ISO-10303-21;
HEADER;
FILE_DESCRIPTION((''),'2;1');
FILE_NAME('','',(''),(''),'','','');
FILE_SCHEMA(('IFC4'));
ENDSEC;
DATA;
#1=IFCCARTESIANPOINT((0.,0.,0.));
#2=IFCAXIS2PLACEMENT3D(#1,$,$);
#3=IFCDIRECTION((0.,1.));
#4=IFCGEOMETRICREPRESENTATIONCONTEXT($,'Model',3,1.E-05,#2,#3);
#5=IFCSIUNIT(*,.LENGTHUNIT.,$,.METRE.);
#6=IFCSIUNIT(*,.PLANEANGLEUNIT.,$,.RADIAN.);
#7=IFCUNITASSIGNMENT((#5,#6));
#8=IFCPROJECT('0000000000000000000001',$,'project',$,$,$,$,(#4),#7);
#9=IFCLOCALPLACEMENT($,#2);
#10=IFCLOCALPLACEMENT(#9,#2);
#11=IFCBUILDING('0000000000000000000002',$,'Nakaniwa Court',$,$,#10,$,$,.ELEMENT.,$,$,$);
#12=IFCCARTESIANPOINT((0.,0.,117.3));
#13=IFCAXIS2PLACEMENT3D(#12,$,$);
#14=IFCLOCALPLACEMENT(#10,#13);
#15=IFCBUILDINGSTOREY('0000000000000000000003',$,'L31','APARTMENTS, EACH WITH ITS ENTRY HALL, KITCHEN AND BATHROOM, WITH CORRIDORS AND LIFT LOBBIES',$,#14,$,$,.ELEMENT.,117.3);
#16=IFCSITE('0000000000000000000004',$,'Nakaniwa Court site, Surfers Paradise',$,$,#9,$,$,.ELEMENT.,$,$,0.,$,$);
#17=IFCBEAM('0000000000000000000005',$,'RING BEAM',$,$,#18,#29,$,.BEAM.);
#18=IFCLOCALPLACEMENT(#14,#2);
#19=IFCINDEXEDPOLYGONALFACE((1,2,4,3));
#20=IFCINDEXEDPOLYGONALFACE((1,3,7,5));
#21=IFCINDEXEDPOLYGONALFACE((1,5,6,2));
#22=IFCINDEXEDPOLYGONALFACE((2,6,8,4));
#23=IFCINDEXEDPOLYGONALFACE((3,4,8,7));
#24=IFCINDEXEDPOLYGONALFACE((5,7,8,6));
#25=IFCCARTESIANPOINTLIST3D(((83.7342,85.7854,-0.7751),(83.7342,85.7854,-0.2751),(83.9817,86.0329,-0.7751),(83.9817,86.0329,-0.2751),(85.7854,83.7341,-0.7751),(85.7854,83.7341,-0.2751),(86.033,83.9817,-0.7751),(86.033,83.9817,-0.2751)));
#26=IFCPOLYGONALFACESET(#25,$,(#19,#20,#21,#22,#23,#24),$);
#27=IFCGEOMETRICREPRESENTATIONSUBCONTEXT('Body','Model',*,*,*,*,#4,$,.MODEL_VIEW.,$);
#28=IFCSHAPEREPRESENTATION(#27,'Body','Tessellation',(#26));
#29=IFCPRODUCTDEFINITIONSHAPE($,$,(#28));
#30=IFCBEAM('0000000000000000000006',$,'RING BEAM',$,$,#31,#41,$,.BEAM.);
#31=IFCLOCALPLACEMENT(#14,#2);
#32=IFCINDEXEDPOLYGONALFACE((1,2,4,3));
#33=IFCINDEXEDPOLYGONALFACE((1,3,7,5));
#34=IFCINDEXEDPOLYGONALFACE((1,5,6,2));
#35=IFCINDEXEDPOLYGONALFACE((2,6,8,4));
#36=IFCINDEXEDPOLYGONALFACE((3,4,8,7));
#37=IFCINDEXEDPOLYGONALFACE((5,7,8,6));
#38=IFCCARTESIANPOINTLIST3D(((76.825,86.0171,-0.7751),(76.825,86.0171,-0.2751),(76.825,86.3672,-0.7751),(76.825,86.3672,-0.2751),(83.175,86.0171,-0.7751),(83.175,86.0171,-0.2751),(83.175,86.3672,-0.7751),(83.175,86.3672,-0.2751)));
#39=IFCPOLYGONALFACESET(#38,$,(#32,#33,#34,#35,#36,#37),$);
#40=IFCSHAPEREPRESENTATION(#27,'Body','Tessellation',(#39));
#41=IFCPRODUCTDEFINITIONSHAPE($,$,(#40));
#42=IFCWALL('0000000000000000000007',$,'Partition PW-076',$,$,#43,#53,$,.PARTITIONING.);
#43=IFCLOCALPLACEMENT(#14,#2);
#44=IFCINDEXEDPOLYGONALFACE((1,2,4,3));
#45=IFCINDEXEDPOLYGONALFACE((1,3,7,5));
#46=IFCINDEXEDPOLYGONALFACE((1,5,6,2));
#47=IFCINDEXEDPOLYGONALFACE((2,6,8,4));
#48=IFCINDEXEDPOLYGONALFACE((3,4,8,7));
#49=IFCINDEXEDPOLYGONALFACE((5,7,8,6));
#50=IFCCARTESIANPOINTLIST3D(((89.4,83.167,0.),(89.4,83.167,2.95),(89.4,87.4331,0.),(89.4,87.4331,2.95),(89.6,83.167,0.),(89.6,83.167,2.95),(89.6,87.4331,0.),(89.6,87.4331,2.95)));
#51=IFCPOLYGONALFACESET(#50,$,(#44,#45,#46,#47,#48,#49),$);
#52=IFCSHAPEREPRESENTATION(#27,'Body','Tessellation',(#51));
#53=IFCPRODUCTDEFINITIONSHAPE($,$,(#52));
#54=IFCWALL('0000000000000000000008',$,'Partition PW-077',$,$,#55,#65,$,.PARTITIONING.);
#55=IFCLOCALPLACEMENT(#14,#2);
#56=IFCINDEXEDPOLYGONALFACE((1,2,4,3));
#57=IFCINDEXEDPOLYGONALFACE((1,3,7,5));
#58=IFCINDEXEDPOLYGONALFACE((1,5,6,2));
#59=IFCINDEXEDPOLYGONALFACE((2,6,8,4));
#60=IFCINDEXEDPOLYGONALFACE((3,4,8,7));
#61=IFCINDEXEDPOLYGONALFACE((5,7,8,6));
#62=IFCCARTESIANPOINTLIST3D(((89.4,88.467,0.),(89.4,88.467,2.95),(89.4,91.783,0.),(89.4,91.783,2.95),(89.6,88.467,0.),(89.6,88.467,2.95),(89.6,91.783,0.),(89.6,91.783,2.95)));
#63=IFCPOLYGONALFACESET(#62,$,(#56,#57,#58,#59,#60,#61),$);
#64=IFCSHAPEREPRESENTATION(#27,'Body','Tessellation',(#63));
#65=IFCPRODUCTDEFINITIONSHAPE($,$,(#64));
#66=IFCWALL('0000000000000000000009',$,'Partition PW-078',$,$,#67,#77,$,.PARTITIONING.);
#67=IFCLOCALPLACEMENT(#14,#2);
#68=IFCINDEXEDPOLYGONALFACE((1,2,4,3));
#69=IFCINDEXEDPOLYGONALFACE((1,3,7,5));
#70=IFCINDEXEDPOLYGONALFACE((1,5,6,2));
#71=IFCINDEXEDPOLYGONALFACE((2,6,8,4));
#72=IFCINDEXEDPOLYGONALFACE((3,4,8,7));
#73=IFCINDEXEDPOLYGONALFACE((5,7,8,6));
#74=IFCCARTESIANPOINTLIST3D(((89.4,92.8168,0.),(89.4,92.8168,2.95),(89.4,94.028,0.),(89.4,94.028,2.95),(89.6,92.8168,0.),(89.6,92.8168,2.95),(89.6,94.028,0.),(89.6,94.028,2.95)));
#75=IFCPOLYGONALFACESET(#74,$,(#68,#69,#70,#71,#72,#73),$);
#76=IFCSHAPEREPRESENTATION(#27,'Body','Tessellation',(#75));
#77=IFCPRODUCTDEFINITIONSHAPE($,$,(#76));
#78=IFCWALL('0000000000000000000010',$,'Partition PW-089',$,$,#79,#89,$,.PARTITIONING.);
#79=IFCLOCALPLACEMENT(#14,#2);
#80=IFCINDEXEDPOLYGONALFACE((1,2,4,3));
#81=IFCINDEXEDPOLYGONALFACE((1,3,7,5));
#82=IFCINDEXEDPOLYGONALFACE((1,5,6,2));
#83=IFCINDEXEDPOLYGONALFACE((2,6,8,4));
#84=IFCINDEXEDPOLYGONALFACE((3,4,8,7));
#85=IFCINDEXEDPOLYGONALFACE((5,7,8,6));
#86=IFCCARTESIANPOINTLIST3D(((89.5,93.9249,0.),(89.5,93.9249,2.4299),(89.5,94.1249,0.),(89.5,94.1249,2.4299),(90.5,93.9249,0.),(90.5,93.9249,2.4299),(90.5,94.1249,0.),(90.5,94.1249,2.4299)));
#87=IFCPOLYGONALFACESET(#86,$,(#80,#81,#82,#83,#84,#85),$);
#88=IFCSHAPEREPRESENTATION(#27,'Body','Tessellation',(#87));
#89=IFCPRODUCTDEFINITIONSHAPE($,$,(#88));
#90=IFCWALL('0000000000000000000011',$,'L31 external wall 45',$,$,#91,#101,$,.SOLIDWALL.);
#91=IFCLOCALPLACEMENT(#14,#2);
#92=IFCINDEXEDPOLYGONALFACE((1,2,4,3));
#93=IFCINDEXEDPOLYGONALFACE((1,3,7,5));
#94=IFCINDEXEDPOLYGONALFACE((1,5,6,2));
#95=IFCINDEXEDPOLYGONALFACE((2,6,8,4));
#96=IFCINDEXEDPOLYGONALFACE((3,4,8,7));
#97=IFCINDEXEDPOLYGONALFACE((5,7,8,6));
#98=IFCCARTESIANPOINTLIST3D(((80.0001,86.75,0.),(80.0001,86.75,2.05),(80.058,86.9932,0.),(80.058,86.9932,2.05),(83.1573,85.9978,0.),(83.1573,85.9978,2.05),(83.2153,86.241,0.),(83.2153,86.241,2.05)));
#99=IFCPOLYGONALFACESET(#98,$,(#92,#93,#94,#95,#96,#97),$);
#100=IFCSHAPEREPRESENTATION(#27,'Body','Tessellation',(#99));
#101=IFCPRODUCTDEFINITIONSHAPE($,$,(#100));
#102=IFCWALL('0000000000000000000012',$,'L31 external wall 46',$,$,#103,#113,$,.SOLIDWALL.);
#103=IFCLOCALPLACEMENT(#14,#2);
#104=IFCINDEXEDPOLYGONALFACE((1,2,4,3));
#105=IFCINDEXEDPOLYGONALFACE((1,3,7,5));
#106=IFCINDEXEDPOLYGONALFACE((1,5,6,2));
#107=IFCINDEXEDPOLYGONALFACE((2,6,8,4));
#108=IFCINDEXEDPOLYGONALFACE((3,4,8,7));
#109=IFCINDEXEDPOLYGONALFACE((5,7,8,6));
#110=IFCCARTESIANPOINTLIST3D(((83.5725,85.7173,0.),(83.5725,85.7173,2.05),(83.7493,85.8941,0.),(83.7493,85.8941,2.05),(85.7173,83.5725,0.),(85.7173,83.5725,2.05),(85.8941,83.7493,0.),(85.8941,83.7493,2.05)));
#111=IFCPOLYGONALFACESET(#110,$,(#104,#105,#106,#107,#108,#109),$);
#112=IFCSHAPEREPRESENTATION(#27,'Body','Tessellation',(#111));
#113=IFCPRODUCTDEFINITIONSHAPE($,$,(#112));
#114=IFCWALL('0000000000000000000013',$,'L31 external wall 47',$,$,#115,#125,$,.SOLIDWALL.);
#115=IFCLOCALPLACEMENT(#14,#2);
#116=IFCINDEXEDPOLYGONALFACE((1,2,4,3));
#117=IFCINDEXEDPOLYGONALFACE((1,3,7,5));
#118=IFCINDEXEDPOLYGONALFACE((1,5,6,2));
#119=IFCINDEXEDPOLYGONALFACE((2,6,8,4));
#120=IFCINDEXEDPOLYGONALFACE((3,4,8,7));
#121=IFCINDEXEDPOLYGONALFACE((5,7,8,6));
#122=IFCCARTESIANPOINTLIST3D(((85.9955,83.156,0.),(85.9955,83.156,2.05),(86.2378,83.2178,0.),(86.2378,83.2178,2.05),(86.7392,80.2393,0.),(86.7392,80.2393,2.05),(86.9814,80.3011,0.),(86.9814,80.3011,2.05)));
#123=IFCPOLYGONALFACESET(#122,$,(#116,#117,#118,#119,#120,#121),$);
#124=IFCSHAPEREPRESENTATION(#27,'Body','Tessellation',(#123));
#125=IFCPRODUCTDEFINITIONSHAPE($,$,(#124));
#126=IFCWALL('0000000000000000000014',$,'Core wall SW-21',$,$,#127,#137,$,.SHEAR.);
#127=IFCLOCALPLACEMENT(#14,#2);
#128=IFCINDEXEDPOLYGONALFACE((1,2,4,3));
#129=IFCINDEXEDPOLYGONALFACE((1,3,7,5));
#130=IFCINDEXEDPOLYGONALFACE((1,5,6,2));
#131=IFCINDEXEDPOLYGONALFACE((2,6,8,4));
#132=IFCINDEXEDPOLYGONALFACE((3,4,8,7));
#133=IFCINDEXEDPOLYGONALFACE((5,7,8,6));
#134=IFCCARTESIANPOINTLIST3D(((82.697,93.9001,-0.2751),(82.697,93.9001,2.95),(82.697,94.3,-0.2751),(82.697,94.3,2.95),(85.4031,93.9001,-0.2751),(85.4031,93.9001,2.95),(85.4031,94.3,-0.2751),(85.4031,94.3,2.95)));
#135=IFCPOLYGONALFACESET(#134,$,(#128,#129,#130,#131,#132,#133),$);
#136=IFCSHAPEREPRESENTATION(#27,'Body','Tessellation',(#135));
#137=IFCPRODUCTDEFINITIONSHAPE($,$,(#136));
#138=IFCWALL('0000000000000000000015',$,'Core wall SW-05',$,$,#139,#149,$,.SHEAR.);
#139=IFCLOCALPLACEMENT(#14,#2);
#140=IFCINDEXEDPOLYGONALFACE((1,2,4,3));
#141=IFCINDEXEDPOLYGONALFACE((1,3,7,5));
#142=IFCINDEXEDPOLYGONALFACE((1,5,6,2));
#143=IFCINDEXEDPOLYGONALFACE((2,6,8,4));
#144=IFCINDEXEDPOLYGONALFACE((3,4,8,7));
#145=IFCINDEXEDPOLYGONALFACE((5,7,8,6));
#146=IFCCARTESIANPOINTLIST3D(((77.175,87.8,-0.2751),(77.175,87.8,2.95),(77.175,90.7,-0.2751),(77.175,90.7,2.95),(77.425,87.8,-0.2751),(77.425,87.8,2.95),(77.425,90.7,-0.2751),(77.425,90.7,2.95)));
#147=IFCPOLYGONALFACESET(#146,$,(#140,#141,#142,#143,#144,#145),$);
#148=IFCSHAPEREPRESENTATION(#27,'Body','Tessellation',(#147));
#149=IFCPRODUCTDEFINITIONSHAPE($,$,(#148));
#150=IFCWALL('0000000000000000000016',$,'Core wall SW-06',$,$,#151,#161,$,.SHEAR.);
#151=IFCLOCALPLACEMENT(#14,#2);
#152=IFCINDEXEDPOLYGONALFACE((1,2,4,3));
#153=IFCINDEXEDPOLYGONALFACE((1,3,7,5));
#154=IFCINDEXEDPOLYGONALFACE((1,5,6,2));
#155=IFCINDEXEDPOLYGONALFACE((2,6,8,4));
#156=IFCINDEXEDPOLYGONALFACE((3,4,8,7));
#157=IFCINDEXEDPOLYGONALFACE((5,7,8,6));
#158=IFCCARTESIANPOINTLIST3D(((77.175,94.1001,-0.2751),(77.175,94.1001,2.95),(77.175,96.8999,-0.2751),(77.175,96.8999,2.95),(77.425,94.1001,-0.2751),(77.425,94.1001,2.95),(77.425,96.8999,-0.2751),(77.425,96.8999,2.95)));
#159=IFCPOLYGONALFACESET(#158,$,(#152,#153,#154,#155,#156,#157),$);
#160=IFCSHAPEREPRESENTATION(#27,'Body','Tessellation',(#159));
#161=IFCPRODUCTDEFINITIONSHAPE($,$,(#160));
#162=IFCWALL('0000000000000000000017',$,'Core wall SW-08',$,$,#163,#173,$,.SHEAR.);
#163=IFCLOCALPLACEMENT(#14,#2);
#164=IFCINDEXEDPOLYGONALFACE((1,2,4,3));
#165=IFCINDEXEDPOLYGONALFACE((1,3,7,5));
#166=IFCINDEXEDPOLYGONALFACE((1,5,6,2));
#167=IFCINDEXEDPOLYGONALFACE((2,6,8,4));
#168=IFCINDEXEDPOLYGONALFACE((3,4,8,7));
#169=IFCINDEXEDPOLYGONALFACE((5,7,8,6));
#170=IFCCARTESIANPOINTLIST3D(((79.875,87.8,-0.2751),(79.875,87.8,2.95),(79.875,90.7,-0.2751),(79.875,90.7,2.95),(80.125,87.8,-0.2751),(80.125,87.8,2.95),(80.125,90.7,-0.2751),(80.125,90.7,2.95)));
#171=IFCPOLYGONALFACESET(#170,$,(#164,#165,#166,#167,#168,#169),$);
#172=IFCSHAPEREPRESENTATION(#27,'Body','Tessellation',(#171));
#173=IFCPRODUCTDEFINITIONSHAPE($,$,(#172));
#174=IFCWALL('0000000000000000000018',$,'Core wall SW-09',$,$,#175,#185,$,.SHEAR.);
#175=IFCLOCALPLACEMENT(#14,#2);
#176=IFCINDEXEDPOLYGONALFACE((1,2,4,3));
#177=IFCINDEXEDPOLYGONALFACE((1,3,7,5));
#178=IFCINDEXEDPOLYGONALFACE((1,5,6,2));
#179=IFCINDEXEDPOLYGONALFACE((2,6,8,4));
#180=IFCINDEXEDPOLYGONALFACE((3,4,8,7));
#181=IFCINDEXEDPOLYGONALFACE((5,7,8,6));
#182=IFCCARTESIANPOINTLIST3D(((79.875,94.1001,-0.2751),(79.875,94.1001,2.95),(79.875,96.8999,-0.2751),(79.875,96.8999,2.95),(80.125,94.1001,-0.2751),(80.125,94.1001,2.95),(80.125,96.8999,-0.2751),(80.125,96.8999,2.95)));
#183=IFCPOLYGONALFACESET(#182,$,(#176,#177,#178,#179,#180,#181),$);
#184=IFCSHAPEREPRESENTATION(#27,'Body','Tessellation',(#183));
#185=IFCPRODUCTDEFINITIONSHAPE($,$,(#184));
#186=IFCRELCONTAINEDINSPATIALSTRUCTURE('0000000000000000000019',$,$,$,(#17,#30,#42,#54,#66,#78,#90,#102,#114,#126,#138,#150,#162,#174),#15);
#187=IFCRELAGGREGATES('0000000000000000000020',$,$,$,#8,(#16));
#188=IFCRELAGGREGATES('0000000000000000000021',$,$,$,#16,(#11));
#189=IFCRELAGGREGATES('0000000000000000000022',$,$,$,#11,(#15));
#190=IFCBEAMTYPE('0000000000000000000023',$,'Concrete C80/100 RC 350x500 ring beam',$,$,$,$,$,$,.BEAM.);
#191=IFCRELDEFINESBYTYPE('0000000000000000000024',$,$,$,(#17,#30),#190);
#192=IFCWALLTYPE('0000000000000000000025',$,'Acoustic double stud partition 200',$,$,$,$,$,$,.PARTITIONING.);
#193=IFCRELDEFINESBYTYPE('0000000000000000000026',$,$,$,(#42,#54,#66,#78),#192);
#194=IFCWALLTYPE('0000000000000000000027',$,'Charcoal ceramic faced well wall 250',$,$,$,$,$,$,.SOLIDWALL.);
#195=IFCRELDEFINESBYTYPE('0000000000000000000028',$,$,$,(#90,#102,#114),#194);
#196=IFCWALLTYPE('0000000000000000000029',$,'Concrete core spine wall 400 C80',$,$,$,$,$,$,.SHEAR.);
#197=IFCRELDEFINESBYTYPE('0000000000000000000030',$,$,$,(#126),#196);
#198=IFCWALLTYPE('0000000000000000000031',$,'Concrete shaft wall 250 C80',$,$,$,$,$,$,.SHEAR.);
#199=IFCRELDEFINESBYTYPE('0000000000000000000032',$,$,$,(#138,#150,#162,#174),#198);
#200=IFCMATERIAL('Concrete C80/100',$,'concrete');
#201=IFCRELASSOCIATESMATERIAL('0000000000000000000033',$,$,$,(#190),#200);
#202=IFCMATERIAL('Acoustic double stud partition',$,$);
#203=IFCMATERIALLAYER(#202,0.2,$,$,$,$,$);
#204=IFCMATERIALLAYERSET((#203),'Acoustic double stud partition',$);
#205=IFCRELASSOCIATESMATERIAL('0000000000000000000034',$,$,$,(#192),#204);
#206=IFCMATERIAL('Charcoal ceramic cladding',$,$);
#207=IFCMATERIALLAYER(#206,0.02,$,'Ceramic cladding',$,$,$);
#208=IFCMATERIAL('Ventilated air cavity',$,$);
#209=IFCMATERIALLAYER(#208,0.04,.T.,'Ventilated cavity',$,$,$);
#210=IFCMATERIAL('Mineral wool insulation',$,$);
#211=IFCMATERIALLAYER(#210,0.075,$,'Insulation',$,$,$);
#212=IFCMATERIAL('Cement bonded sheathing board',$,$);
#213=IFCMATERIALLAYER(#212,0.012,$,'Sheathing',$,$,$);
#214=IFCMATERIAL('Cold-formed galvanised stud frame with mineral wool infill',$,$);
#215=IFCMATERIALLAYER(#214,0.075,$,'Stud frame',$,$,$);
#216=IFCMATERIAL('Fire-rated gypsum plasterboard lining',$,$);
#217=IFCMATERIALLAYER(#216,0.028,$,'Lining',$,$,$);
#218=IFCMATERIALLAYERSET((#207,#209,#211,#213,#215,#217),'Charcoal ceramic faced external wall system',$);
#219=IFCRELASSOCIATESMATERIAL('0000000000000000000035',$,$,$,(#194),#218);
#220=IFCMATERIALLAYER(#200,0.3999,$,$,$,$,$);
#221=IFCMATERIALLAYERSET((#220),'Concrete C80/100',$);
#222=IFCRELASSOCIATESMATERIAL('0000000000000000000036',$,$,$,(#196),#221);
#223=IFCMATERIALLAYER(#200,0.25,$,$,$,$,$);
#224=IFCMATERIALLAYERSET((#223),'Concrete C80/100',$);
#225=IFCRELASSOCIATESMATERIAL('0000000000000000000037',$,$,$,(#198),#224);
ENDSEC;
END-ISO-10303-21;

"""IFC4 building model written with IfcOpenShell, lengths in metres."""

from ifc_helpers import new_model, si_unit, direction, frame, frame_2d, origin, origin_2d, place, context, subcontext, project, spatial, rectangle, extrude, material, layer, layer_set, material_profile, profile_set, type_object, element, save


model = new_model("IFC4")

# Units and contexts
model_context = context("Model", 3, precision=1e-05, world=origin(), true_north=direction((0.0, 1.0)))
body_context = subcontext(model_context, "Body", "Model", "MODEL_VIEW")
ifc_project = project(units=[si_unit("LENGTHUNIT", "METRE"), si_unit("PLANEANGLEUNIT", "RADIAN")], contexts=[model_context])

# Site, building, storey
site_placement = place(None, origin())
site = spatial("IfcSite", under=ifc_project, at=site_placement, Name="Nakaniwa Court site, Surfers Paradise", CompositionType="ELEMENT", RefElevation=0.0)
building_placement = place(site_placement, origin())
building = spatial("IfcBuilding", under=site, at=building_placement, Name="Nakaniwa Court", CompositionType="ELEMENT")
storey_placement = place(building_placement, frame((0.0, 0.0, 117.3)))
storey = spatial("IfcBuildingStorey", under=building, at=storey_placement, Name="L31", Description="APARTMENTS, EACH WITH ITS ENTRY HALL, KITCHEN AND BATHROOM, WITH CORRIDORS AND LIFT LOBBIES", CompositionType="ELEMENT", Elevation=117.3)

# Shared definitions
ifc_material_1 = material(Name="Concrete C80/100", Category="concrete")

# Beams
ifc_material_profile_1 = material_profile(ifc_material_1, rectangle(XDim=0.3501, YDim=0.5, at=origin_2d()), Name="Concrete C80/100 RC 350x500 ring beam")
ifc_profile_set_1 = profile_set([ifc_material_profile_1], Name="Concrete C80/100")
beam_type = type_object("IfcBeamType", Name="Concrete C80/100 RC 350x500 ring beam", PredefinedType="BEAM", material=ifc_profile_set_1)
beam_1_placement = place(storey_placement, frame((85.9092, 83.8579, -0.5251), z_axis=(-0.707107, 0.707107, 0.0), x_axis=(-0.707107, -0.707107, 0.0)))
element("IfcBeam", 1, at=beam_1_placement, inside=storey, type_object=beam_type, Name="RING BEAM", PredefinedType="BEAM", context=body_context, shape_type="SweptSolid", body=[
    extrude(rectangle(XDim=0.3501, YDim=0.5, at=origin_2d()), origin(), (0.0, 0.0, 1.0), 2.9009),
])
beam_2_placement = place(storey_placement, frame((83.175, 86.1921, -0.5251), z_axis=(-1.0, 0.0, 0.0), x_axis=(0.0, -1.0, 0.0)))
element("IfcBeam", 2, at=beam_2_placement, inside=storey, type_object=beam_type, Name="RING BEAM", PredefinedType="BEAM", context=body_context, shape_type="SweptSolid", body=[
    extrude(rectangle(XDim=0.3501, YDim=0.5, at=origin_2d()), origin(), (0.0, 0.0, 1.0), 6.3501),
])

# Walls
ifc_material_2 = material(Name="Acoustic double stud partition")
ifc_layer_1 = layer(ifc_material_2, 0.2)
ifc_layer_set_1 = layer_set([ifc_layer_1], Name="Acoustic double stud partition")
wall_type_1 = type_object("IfcWallType", Name="Acoustic double stud partition 200", PredefinedType="PARTITIONING", material=ifc_layer_set_1)
wall_1_placement = place(storey_placement, frame((89.5, 83.167, 0.0), z_axis=(0.0, 0.0, 1.0), x_axis=(0.0, 1.0, 0.0)))
element("IfcWall", 3, at=wall_1_placement, inside=storey, type_object=wall_type_1, Name="Partition PW-076", PredefinedType="PARTITIONING", context=body_context, shape_type="SweptSolid", body=[
    extrude(rectangle(XDim=4.2661, YDim=0.2, at=frame_2d((2.1331, 0.0))), origin(), (0.0, 0.0, 1.0), 2.95),
])
wall_2_placement = place(storey_placement, frame((89.5, 88.467, 0.0), z_axis=(0.0, 0.0, 1.0), x_axis=(0.0, 1.0, 0.0)))
element("IfcWall", 4, at=wall_2_placement, inside=storey, type_object=wall_type_1, Name="Partition PW-077", PredefinedType="PARTITIONING", context=body_context, shape_type="SweptSolid", body=[
    extrude(rectangle(XDim=3.3159, YDim=0.2, at=frame_2d((1.658, 0.0))), origin(), (0.0, 0.0, 1.0), 2.95),
])
wall_3_placement = place(storey_placement, frame((89.5, 92.8169, 0.0), z_axis=(0.0, 0.0, 1.0), x_axis=(0.0, 1.0, 0.0)))
element("IfcWall", 5, at=wall_3_placement, inside=storey, type_object=wall_type_1, Name="Partition PW-078", PredefinedType="PARTITIONING", context=body_context, shape_type="SweptSolid", body=[
    extrude(rectangle(XDim=1.2112, YDim=0.2, at=frame_2d((0.6055, 0.0))), origin(), (0.0, 0.0, 1.0), 2.95),
])
wall_4_placement = place(storey_placement, frame((89.5, 94.0249, 0.0), z_axis=(0.0, 0.0, 1.0), x_axis=(1.0, 0.0, 0.0)))
element("IfcWall", 6, at=wall_4_placement, inside=storey, type_object=wall_type_1, Name="Partition PW-089", PredefinedType="PARTITIONING", context=body_context, shape_type="SweptSolid", body=[
    extrude(rectangle(XDim=1.0, YDim=0.2, at=frame_2d((0.5, 0.0))), origin(), (0.0, 0.0, 1.0), 2.4299),
])
ifc_material_3 = material(Name="Charcoal ceramic cladding")
ifc_layer_2 = layer(ifc_material_3, 0.02, Name="Ceramic cladding")
ifc_material_4 = material(Name="Ventilated air cavity")
ifc_layer_3 = layer(ifc_material_4, 0.04, ventilated=True, Name="Ventilated cavity")
ifc_material_5 = material(Name="Mineral wool insulation")
ifc_layer_4 = layer(ifc_material_5, 0.075, Name="Insulation")
ifc_material_6 = material(Name="Cement bonded sheathing board")
ifc_layer_5 = layer(ifc_material_6, 0.012, Name="Sheathing")
ifc_material_7 = material(Name="Cold-formed galvanised stud frame with mineral wool infill")
ifc_layer_6 = layer(ifc_material_7, 0.075, Name="Stud frame")
ifc_material_8 = material(Name="Fire-rated gypsum plasterboard lining")
ifc_layer_7 = layer(ifc_material_8, 0.028, Name="Lining")
ifc_layer_set_2 = layer_set([ifc_layer_2, ifc_layer_3, ifc_layer_4, ifc_layer_5, ifc_layer_6, ifc_layer_7], Name="Charcoal ceramic faced external wall system")
wall_type_2 = type_object("IfcWallType", Name="Charcoal ceramic faced well wall 250", PredefinedType="SOLIDWALL", material=ifc_layer_set_2)
wall_5_placement = place(storey_placement, frame((80.0291, 86.8716, 0.0), z_axis=(0.0, 0.0, 1.0), x_axis=(0.972773, -0.23176, 0.0)))
element("IfcWall", 7, at=wall_5_placement, inside=storey, type_object=wall_type_2, Name="L31 external wall 45", PredefinedType="SOLIDWALL", context=body_context, shape_type="SweptSolid", body=[
    extrude(rectangle(XDim=3.2456, YDim=0.25, at=frame_2d((1.6228, 0.0))), origin(), (0.0, 0.0, 1.0), 2.05),
])
wall_6_placement = place(storey_placement, frame((83.6609, 85.8057, 0.0), z_axis=(0.0, 0.0, 1.0), x_axis=(0.707107, -0.707107, 0.0)))
element("IfcWall", 8, at=wall_6_placement, inside=storey, type_object=wall_type_2, Name="L31 external wall 46", PredefinedType="SOLIDWALL", context=body_context, shape_type="SweptSolid", body=[
    extrude(rectangle(XDim=3.0332, YDim=0.25, at=frame_2d((1.5166, 0.0))), origin(), (0.0, 0.0, 1.0), 2.05),
])
wall_7_placement = place(storey_placement, frame((86.1167, 83.1868, 0.0), z_axis=(0.0, 0.0, 1.0), x_axis=(0.247056, -0.969001, 0.0)))
element("IfcWall", 9, at=wall_7_placement, inside=storey, type_object=wall_type_2, Name="L31 external wall 47", PredefinedType="SOLIDWALL", context=body_context, shape_type="SweptSolid", body=[
    extrude(rectangle(XDim=3.01, YDim=0.25, at=frame_2d((1.5049, 0.0))), origin(), (0.0, 0.0, 1.0), 2.05),
])
ifc_layer_8 = layer(ifc_material_1, 0.3999)
ifc_layer_set_3 = layer_set([ifc_layer_8], Name="Concrete C80/100")
wall_type_3 = type_object("IfcWallType", Name="Concrete core spine wall 400 C80", PredefinedType="SHEAR", material=ifc_layer_set_3)
wall_8_placement = place(storey_placement, frame((82.697, 94.1001, -0.2751), z_axis=(0.0, 0.0, 1.0), x_axis=(1.0, 0.0, 0.0)))
element("IfcWall", 10, at=wall_8_placement, inside=storey, type_object=wall_type_3, Name="Core wall SW-21", PredefinedType="SHEAR", context=body_context, shape_type="SweptSolid", body=[
    extrude(rectangle(XDim=2.7061, YDim=0.3999, at=frame_2d((1.353, 0.0))), origin(), (0.0, 0.0, 1.0), 3.2251),
])
ifc_layer_9 = layer(ifc_material_1, 0.25)
ifc_layer_set_4 = layer_set([ifc_layer_9], Name="Concrete C80/100")
wall_type_4 = type_object("IfcWallType", Name="Concrete shaft wall 250 C80", PredefinedType="SHEAR", material=ifc_layer_set_4)
wall_9_placement = place(storey_placement, frame((77.3, 87.8, -0.2751), z_axis=(0.0, 0.0, 1.0), x_axis=(0.0, 1.0, 0.0)))
element("IfcWall", 11, at=wall_9_placement, inside=storey, type_object=wall_type_4, Name="Core wall SW-05", PredefinedType="SHEAR", context=body_context, shape_type="SweptSolid", body=[
    extrude(rectangle(XDim=2.8999, YDim=0.25, at=frame_2d((1.45, 0.0))), origin(), (0.0, 0.0, 1.0), 3.2251),
])
wall_10_placement = place(storey_placement, frame((77.3, 94.1001, -0.2751), z_axis=(0.0, 0.0, 1.0), x_axis=(0.0, 1.0, 0.0)))
element("IfcWall", 12, at=wall_10_placement, inside=storey, type_object=wall_type_4, Name="Core wall SW-06", PredefinedType="SHEAR", context=body_context, shape_type="SweptSolid", body=[
    extrude(rectangle(XDim=2.7998, YDim=0.25, at=frame_2d((1.3999, 0.0))), origin(), (0.0, 0.0, 1.0), 3.2251),
])
wall_11_placement = place(storey_placement, frame((80.0, 87.8, -0.2751), z_axis=(0.0, 0.0, 1.0), x_axis=(0.0, 1.0, 0.0)))
element("IfcWall", 13, at=wall_11_placement, inside=storey, type_object=wall_type_4, Name="Core wall SW-08", PredefinedType="SHEAR", context=body_context, shape_type="SweptSolid", body=[
    extrude(rectangle(XDim=2.8999, YDim=0.25, at=frame_2d((1.45, 0.0))), origin(), (0.0, 0.0, 1.0), 3.2251),
])
wall_12_placement = place(storey_placement, frame((80.0, 94.1001, -0.2751), z_axis=(0.0, 0.0, 1.0), x_axis=(0.0, 1.0, 0.0)))
element("IfcWall", 14, at=wall_12_placement, inside=storey, type_object=wall_type_4, Name="Core wall SW-09", PredefinedType="SHEAR", context=body_context, shape_type="SweptSolid", body=[
    extrude(rectangle(XDim=2.7998, YDim=0.25, at=frame_2d((1.3999, 0.0))), origin(), (0.0, 0.0, 1.0), 3.2251),
])

save(model, "model.ifc")
